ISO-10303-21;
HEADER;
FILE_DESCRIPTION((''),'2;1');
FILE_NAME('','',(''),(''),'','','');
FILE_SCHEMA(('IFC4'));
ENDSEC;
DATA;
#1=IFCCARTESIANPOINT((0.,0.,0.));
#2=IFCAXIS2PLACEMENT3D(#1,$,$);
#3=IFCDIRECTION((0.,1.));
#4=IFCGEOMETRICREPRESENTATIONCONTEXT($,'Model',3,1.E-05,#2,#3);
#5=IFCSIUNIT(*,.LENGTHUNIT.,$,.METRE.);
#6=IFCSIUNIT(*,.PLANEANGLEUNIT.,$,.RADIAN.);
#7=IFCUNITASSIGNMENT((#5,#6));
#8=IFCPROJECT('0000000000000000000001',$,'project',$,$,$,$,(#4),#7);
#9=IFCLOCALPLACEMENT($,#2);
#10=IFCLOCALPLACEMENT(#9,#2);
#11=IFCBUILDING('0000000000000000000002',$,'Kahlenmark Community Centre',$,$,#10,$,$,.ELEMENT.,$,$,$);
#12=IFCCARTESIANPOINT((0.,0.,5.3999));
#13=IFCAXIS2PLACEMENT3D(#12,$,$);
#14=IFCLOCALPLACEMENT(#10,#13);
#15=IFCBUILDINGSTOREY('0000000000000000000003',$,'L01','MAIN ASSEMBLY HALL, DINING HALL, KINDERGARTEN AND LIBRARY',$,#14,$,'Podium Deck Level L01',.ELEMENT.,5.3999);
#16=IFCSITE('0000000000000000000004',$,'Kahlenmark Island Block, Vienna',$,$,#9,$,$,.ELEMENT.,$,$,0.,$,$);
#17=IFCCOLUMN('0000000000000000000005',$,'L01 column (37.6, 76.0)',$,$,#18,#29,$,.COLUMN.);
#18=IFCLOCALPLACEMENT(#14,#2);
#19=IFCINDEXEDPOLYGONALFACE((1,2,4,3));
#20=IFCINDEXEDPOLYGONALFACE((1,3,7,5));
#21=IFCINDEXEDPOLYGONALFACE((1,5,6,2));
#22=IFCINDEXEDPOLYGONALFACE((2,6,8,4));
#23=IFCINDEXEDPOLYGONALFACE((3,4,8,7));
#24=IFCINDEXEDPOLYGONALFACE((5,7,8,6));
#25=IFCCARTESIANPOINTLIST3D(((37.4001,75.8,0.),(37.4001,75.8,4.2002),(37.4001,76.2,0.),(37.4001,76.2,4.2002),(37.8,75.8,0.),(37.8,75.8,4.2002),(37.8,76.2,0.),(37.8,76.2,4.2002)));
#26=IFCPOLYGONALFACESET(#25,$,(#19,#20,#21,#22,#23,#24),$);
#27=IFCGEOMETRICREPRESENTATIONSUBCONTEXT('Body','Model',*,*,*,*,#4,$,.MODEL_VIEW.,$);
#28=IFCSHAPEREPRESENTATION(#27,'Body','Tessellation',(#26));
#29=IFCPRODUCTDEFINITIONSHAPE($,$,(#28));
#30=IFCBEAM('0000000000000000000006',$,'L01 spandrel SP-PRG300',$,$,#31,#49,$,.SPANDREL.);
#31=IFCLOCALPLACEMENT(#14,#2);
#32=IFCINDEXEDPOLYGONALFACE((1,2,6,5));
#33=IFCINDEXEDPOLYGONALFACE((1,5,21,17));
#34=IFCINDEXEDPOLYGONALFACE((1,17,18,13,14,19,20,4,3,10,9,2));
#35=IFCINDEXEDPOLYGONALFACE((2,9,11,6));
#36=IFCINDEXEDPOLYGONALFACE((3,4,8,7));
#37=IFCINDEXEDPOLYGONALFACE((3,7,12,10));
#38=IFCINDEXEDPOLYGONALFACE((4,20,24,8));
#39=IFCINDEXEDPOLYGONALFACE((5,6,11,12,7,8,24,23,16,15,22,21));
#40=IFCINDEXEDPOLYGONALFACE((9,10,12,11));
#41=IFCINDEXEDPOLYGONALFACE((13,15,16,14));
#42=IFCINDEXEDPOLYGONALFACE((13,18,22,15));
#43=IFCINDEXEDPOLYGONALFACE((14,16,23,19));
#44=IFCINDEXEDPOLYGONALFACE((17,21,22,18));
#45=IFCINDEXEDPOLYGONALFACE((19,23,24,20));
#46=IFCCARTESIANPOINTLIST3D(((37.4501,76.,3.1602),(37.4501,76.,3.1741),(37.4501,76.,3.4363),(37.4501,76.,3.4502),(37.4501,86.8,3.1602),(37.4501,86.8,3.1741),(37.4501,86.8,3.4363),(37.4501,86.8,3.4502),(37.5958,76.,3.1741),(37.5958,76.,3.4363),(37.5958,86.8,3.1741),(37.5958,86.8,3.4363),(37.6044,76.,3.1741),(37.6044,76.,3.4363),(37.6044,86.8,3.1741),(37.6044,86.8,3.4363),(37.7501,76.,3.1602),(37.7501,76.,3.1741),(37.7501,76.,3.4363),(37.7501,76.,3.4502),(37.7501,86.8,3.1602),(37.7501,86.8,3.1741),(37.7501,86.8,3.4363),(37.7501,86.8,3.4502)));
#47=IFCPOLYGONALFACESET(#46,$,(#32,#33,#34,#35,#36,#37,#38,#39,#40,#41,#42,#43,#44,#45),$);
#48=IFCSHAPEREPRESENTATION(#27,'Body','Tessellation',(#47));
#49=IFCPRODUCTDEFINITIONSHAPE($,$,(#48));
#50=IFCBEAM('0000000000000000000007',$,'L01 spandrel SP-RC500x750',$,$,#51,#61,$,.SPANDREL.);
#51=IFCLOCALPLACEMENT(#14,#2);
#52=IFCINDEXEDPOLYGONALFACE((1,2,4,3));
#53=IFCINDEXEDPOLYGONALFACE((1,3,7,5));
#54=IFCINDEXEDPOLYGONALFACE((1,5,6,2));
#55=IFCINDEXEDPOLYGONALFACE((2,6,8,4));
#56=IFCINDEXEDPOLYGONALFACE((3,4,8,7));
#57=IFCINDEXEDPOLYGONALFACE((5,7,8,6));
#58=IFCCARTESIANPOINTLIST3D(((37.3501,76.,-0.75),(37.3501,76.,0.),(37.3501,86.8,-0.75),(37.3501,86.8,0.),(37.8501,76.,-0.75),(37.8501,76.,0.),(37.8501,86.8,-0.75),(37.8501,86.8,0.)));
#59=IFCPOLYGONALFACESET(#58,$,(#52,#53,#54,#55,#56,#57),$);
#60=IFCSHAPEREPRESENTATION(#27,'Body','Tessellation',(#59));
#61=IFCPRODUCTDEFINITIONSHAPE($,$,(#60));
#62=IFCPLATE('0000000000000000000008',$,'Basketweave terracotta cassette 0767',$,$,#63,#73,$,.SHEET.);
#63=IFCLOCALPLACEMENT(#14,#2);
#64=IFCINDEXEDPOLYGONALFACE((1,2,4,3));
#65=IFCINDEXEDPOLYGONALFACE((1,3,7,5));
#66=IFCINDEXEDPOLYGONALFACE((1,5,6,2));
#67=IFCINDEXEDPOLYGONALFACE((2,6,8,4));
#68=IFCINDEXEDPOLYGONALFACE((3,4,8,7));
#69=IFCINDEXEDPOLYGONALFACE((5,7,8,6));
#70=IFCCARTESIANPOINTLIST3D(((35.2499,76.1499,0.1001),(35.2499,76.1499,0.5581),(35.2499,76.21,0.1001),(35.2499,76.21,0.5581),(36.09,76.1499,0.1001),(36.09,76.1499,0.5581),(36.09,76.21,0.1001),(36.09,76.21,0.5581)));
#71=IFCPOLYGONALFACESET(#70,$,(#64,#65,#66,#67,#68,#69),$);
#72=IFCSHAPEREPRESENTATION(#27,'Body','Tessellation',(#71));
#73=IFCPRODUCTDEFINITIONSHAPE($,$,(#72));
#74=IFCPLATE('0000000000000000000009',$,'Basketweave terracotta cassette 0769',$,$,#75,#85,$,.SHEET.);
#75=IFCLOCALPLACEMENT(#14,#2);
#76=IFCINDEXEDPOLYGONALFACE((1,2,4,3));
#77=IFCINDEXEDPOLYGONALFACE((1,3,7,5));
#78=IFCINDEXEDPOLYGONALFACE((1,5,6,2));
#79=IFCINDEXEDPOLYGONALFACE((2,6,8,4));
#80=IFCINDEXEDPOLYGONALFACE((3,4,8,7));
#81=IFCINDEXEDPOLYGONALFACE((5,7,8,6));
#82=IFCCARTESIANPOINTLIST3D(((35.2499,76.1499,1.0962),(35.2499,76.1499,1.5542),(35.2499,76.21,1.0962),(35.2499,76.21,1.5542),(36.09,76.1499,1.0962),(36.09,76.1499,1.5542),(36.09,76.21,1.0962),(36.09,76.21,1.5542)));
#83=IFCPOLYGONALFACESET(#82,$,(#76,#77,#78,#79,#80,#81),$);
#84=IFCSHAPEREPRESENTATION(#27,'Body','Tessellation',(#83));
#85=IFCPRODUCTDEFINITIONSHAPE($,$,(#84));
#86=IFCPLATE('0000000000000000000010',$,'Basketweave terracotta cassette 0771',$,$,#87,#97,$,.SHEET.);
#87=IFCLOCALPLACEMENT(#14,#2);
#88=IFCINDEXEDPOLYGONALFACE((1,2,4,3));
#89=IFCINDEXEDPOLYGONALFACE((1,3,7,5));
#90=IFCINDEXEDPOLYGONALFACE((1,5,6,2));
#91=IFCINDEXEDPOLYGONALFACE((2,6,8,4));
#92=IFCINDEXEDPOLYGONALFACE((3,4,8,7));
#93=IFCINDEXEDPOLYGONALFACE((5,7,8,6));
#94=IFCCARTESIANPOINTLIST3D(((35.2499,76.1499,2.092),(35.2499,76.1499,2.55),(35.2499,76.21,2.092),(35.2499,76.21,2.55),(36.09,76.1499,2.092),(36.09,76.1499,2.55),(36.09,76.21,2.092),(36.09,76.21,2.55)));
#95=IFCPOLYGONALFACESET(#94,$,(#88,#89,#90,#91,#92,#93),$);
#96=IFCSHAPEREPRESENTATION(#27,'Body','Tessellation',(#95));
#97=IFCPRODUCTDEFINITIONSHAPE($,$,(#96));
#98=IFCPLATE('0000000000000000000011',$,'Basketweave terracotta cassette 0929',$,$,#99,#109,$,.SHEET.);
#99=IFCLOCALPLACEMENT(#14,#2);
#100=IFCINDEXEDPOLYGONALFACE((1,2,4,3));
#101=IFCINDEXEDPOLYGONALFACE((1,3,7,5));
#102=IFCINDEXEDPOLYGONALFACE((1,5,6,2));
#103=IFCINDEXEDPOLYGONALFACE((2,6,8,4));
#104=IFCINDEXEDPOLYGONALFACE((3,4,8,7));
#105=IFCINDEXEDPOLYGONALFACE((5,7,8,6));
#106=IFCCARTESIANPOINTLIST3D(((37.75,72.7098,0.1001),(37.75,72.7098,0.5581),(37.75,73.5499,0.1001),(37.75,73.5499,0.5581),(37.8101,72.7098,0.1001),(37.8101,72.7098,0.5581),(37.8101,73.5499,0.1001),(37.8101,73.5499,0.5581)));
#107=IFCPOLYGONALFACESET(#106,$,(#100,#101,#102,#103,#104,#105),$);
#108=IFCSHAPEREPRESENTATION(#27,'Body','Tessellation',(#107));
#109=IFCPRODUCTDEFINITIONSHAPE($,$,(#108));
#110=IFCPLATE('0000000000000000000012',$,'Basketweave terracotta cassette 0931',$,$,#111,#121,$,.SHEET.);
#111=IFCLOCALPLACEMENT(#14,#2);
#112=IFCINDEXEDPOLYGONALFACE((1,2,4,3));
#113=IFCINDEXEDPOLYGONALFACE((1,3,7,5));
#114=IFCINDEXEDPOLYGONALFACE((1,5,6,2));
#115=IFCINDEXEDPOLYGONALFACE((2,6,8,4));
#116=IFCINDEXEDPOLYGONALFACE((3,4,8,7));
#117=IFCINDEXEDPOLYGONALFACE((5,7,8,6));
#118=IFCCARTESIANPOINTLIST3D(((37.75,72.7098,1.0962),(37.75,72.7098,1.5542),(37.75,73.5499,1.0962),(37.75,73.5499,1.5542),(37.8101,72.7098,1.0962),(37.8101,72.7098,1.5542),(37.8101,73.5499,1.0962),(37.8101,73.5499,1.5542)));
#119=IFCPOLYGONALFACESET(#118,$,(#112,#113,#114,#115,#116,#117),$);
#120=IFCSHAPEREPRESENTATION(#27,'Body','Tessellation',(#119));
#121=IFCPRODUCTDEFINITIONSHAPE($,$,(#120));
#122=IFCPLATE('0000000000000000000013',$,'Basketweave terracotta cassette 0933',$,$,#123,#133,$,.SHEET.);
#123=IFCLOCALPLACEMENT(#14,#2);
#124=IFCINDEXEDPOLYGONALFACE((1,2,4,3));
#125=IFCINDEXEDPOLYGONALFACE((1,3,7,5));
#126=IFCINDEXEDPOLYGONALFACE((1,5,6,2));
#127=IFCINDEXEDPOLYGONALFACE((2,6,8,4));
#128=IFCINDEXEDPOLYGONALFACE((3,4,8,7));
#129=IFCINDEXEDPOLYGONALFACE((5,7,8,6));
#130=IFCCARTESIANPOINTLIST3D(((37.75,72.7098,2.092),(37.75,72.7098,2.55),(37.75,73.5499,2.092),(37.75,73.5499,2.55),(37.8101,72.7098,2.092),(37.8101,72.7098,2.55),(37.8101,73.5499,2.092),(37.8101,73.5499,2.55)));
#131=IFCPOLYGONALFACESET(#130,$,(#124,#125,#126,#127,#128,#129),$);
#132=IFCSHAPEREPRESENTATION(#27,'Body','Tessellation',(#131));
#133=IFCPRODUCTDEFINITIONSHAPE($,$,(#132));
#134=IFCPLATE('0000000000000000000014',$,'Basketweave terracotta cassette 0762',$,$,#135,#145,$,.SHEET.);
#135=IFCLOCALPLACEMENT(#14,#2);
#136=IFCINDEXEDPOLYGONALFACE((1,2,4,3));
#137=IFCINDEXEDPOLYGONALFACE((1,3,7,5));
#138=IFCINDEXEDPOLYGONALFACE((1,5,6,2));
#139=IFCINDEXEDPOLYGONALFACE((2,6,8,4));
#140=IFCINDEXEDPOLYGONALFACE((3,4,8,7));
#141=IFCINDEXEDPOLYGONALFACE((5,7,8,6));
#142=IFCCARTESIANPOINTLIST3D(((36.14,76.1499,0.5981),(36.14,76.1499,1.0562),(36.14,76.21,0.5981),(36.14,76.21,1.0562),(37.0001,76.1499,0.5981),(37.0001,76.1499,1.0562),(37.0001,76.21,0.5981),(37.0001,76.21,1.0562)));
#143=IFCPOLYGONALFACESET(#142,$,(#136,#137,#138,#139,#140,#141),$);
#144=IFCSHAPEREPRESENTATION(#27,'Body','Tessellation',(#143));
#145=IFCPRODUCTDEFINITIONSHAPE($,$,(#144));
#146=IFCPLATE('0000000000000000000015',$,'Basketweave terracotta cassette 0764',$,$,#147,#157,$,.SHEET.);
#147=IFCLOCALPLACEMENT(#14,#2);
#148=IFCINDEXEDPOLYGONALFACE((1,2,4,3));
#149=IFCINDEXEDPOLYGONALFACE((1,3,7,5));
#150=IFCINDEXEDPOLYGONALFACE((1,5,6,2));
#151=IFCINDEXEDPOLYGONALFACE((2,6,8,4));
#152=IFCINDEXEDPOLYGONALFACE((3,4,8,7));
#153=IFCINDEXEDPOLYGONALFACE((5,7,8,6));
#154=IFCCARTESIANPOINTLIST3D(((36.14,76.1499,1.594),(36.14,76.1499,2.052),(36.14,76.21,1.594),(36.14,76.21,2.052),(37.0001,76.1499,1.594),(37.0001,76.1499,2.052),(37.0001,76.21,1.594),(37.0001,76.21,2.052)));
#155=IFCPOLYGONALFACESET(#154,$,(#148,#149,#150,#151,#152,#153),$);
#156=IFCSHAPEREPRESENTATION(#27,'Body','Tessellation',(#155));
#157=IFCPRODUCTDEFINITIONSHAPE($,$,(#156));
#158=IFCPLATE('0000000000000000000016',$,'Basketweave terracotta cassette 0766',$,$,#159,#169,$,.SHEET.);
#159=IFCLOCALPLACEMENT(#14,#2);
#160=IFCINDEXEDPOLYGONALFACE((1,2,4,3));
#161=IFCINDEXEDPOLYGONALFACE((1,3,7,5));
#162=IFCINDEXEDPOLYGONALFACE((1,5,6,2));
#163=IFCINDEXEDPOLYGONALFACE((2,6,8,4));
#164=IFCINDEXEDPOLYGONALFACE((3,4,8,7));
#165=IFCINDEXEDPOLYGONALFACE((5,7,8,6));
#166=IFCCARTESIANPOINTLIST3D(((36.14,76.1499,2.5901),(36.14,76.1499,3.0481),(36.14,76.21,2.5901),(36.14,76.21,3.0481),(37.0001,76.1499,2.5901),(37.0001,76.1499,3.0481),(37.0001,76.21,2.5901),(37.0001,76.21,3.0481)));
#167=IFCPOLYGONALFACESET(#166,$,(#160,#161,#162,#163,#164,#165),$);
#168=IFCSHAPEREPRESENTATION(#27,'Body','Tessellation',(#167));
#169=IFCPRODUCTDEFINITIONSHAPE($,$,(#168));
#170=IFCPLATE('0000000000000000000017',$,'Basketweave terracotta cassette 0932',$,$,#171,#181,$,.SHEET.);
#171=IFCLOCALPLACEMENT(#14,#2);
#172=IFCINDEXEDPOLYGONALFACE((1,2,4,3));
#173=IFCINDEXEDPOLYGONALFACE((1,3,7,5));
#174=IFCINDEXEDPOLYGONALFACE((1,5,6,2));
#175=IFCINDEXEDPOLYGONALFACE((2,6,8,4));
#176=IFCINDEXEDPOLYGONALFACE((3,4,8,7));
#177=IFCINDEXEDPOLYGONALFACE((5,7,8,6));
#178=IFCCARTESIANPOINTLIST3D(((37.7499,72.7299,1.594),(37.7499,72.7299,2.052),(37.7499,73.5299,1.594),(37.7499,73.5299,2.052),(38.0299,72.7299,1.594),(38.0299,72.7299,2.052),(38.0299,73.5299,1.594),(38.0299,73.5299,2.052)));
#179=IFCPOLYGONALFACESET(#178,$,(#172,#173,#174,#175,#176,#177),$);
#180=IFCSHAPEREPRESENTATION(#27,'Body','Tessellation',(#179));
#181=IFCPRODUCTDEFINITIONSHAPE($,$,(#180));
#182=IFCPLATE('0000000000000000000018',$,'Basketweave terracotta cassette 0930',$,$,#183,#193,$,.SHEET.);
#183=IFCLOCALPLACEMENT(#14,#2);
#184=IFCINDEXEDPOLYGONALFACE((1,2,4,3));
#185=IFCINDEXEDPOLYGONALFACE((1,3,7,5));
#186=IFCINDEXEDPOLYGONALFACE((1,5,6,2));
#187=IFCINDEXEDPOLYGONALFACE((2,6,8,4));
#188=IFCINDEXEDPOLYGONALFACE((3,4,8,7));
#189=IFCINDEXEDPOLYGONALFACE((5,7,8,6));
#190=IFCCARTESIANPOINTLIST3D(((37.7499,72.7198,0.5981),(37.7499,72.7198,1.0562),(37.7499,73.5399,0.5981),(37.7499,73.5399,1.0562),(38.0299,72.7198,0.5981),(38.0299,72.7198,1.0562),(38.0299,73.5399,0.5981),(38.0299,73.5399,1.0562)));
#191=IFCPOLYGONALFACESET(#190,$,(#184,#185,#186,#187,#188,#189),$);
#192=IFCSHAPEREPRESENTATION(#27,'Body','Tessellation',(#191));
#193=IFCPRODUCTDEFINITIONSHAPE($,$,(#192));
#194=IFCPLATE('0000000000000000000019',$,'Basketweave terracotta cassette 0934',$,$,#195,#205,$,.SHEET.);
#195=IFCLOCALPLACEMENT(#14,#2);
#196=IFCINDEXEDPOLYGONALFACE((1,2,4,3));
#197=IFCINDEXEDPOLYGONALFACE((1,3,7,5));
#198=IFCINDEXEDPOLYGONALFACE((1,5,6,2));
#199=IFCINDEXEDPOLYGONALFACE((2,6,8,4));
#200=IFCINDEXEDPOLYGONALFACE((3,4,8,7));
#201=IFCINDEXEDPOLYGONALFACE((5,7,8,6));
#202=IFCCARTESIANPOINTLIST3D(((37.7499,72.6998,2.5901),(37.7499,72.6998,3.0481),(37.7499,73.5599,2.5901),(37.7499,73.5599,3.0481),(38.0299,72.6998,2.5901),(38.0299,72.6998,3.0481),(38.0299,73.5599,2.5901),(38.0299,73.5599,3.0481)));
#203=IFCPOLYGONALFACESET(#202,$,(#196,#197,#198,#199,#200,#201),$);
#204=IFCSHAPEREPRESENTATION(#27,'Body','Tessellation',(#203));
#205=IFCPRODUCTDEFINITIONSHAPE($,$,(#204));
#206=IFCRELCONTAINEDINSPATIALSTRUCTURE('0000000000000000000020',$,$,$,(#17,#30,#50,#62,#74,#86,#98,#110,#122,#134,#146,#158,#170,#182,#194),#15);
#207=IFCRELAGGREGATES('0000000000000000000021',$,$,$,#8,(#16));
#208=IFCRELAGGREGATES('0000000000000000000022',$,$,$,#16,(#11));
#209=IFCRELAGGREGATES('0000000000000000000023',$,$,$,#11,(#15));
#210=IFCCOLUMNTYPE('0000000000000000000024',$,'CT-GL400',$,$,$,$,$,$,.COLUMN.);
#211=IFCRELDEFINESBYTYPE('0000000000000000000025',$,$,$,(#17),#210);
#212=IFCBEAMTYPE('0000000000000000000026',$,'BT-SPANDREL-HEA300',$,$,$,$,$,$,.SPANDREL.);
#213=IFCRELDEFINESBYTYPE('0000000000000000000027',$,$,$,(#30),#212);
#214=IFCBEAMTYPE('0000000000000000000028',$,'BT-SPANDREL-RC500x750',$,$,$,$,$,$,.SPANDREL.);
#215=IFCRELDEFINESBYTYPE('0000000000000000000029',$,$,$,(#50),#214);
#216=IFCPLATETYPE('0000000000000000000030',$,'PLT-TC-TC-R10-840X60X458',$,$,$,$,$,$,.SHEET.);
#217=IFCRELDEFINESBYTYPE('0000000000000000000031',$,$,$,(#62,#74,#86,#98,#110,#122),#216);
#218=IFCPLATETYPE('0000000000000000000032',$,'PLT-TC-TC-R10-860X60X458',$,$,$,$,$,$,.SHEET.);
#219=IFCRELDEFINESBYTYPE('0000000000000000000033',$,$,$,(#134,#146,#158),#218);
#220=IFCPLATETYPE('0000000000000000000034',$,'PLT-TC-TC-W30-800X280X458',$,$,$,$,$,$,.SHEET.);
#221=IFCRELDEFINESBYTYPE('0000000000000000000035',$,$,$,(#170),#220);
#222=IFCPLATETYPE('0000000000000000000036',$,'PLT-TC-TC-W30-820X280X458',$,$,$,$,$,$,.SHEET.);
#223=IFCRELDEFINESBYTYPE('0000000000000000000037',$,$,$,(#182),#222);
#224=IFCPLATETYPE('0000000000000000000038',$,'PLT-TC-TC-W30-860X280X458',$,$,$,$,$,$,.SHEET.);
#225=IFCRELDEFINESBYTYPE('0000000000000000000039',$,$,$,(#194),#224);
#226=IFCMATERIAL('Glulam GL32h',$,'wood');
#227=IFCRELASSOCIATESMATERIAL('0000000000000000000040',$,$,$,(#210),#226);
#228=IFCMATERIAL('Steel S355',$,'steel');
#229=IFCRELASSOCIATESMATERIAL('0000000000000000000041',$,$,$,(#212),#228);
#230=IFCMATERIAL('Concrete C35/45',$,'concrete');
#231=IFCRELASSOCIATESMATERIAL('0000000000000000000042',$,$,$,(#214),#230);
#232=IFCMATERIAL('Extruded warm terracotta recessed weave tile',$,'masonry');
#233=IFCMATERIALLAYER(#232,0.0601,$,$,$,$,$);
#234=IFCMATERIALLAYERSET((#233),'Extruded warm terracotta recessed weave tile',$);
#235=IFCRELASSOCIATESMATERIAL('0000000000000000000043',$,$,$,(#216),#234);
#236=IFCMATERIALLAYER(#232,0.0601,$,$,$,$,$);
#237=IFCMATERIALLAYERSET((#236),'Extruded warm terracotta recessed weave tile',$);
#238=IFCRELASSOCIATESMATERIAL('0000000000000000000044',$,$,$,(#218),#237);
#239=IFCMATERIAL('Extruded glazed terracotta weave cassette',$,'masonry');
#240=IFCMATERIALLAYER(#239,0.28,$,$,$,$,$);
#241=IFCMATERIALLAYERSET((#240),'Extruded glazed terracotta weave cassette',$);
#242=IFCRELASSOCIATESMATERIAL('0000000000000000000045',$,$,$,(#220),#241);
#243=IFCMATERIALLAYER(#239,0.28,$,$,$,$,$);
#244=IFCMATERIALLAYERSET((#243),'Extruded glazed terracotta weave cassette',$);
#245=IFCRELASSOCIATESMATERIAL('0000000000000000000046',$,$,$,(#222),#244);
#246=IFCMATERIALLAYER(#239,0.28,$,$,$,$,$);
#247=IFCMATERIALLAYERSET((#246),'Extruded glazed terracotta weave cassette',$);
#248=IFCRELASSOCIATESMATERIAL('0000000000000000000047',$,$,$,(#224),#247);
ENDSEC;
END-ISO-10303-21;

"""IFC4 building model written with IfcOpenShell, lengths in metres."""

from ifc_helpers import new_model, si_unit, direction, frame, origin, origin_2d, place, context, subcontext, project, spatial, rectangle, i_section, extrude, material, layer, layer_set, material_profile, profile_set, type_object, element, save


model = new_model("IFC4")

# Units and contexts
model_context = context("Model", 3, precision=1e-05, world=origin(), true_north=direction((0.0, 1.0)))
body_context = subcontext(model_context, "Body", "Model", "MODEL_VIEW")
ifc_project = project(units=[si_unit("LENGTHUNIT", "METRE"), si_unit("PLANEANGLEUNIT", "RADIAN")], contexts=[model_context])

# Site, building, storey
site_placement = place(None, origin())
site = spatial("IfcSite", under=ifc_project, at=site_placement, Name="Kahlenmark Island Block, Vienna", CompositionType="ELEMENT", RefElevation=0.0)
building_placement = place(site_placement, origin())
building = spatial("IfcBuilding", under=site, at=building_placement, Name="Kahlenmark Community Centre", CompositionType="ELEMENT")
storey_placement = place(building_placement, frame((0.0, 0.0, 5.3999)))
storey = spatial("IfcBuildingStorey", under=building, at=storey_placement, Name="L01", Description="MAIN ASSEMBLY HALL, DINING HALL, KINDERGARTEN AND LIBRARY", LongName="Podium Deck Level L01", CompositionType="ELEMENT", Elevation=5.3999)

# Column
ifc_material_1 = material(Name="Glulam GL32h", Category="wood")
ifc_material_profile_1 = material_profile(ifc_material_1, rectangle(XDim=0.3999, YDim=0.3999, at=origin_2d()), Name="GL32h 400x400")
ifc_profile_set_1 = profile_set([ifc_material_profile_1], Name="Glulam GL32h")
column_type = type_object("IfcColumnType", Name="CT-GL400", PredefinedType="COLUMN", material=ifc_profile_set_1)
column_placement = place(storey_placement, frame((37.6001, 76.0, 0.0), z_axis=(0.0, 0.0, 1.0), x_axis=(1.0, 0.0, 0.0)))
element("IfcColumn", 1, at=column_placement, inside=storey, type_object=column_type, Name="L01 column (37.6, 76.0)", PredefinedType="COLUMN", context=body_context, shape_type="SweptSolid", body=[
    extrude(rectangle(XDim=0.3999, YDim=0.3999, at=origin_2d()), origin(), (0.0, 0.0, 1.0), 4.2002),
])

# Beams
ifc_material_2 = material(Name="Steel S355", Category="steel")
ifc_material_profile_2 = material_profile(ifc_material_2, i_section(OverallWidth=0.3, OverallDepth=0.29, WebThickness=0.0085, FlangeThickness=0.0139, at=origin_2d()), Name="HEA 300")
ifc_profile_set_2 = profile_set([ifc_material_profile_2], Name="Steel S355")
beam_type_1 = type_object("IfcBeamType", Name="BT-SPANDREL-HEA300", PredefinedType="SPANDREL", material=ifc_profile_set_2)
beam_1_placement = place(storey_placement, frame((37.6001, 76.0, 3.3052), z_axis=(0.0, 1.0, 0.0), x_axis=(-1.0, 0.0, 0.0)))
element("IfcBeam", 2, at=beam_1_placement, inside=storey, type_object=beam_type_1, Name="L01 spandrel SP-PRG300", PredefinedType="SPANDREL", context=body_context, shape_type="SweptSolid", body=[
    extrude(i_section(OverallWidth=0.3, OverallDepth=0.29, WebThickness=0.0085, FlangeThickness=0.0139, at=origin_2d()), origin(), (0.0, 0.0, 1.0), 10.8),
])
ifc_material_3 = material(Name="Concrete C35/45", Category="concrete")
ifc_material_profile_3 = material_profile(ifc_material_3, rectangle(XDim=0.5, YDim=0.75, at=origin_2d()), Name="RC 500x750")
ifc_profile_set_3 = profile_set([ifc_material_profile_3], Name="Concrete C35/45")
beam_type_2 = type_object("IfcBeamType", Name="BT-SPANDREL-RC500x750", PredefinedType="SPANDREL", material=ifc_profile_set_3)
beam_2_placement = place(storey_placement, frame((37.6001, 76.0, -0.375), z_axis=(0.0, 1.0, 0.0), x_axis=(-1.0, 0.0, 0.0)))
element("IfcBeam", 3, at=beam_2_placement, inside=storey, type_object=beam_type_2, Name="L01 spandrel SP-RC500x750", PredefinedType="SPANDREL", context=body_context, shape_type="SweptSolid", body=[
    extrude(rectangle(XDim=0.5, YDim=0.75, at=origin_2d()), origin(), (0.0, 0.0, 1.0), 10.8),
])

# Plates
ifc_material_4 = material(Name="Extruded warm terracotta recessed weave tile", Category="masonry")
ifc_layer_1 = layer(ifc_material_4, 0.0601)
ifc_layer_set_1 = layer_set([ifc_layer_1], Name="Extruded warm terracotta recessed weave tile")
plate_type_1 = type_object("IfcPlateType", Name="PLT-TC-TC-R10-840X60X458", PredefinedType="SHEET", material=ifc_layer_set_1)
for number, where, z_axis, x_axis, name in (
    (4, (35.6699, 76.1799, 0.1001), (0.0, 0.0, 1.0), (-1.0, 0.0, 0.0), "Basketweave terracotta cassette 0767"),
    (5, (35.6699, 76.1799, 1.0962), (0.0, 0.0, 1.0), (-1.0, 0.0, 0.0), "Basketweave terracotta cassette 0769"),
    (6, (35.6699, 76.1799, 2.092), (0.0, 0.0, 1.0), (-1.0, 0.0, 0.0), "Basketweave terracotta cassette 0771"),
    (7, (37.78, 73.1299, 0.1001), (0.0, 0.0, 1.0), (0.0, 1.0, 0.0), "Basketweave terracotta cassette 0929"),
    (8, (37.78, 73.1299, 1.0962), (0.0, 0.0, 1.0), (0.0, 1.0, 0.0), "Basketweave terracotta cassette 0931"),
    (9, (37.78, 73.1299, 2.092), (0.0, 0.0, 1.0), (0.0, 1.0, 0.0), "Basketweave terracotta cassette 0933"),
):
    element("IfcPlate", number, at=place(storey_placement, frame(where, z_axis=z_axis, x_axis=x_axis)), inside=storey, type_object=plate_type_1, Name=name, PredefinedType="SHEET", context=body_context, shape_type="SweptSolid", body=[
        extrude(rectangle(XDim=0.8401, YDim=0.0601, at=origin_2d()), origin(), (0.0, 0.0, 1.0), 0.458),
    ])
ifc_layer_2 = layer(ifc_material_4, 0.0601)
ifc_layer_set_2 = layer_set([ifc_layer_2], Name="Extruded warm terracotta recessed weave tile")
plate_type_2 = type_object("IfcPlateType", Name="PLT-TC-TC-R10-860X60X458", PredefinedType="SHEET", material=ifc_layer_set_2)
for number, where, z_axis, x_axis, name in (
    (10, (36.5701, 76.1799, 0.5981), (0.0, 0.0, 1.0), (-1.0, 0.0, 0.0), "Basketweave terracotta cassette 0762"),
    (11, (36.5701, 76.1799, 1.594), (0.0, 0.0, 1.0), (-1.0, 0.0, 0.0), "Basketweave terracotta cassette 0764"),
    (12, (36.5701, 76.1799, 2.5901), (0.0, 0.0, 1.0), (-1.0, 0.0, 0.0), "Basketweave terracotta cassette 0766"),
):
    element("IfcPlate", number, at=place(storey_placement, frame(where, z_axis=z_axis, x_axis=x_axis)), inside=storey, type_object=plate_type_2, Name=name, PredefinedType="SHEET", context=body_context, shape_type="SweptSolid", body=[
        extrude(rectangle(XDim=0.8601, YDim=0.0601, at=origin_2d()), origin(), (0.0, 0.0, 1.0), 0.458),
    ])
ifc_material_5 = material(Name="Extruded glazed terracotta weave cassette", Category="masonry")
ifc_layer_3 = layer(ifc_material_5, 0.28)
ifc_layer_set_3 = layer_set([ifc_layer_3], Name="Extruded glazed terracotta weave cassette")
plate_type_3 = type_object("IfcPlateType", Name="PLT-TC-TC-W30-800X280X458", PredefinedType="SHEET", material=ifc_layer_set_3)
plate_1_placement = place(storey_placement, frame((37.8899, 73.1299, 1.594), z_axis=(0.0, 0.0, 1.0), x_axis=(0.0, 1.0, 0.0)))
element("IfcPlate", 13, at=plate_1_placement, inside=storey, type_object=plate_type_3, Name="Basketweave terracotta cassette 0932", PredefinedType="SHEET", context=body_context, shape_type="SweptSolid", body=[
    extrude(rectangle(XDim=0.8, YDim=0.28, at=origin_2d()), origin(), (0.0, 0.0, 1.0), 0.458),
])
ifc_layer_4 = layer(ifc_material_5, 0.28)
ifc_layer_set_4 = layer_set([ifc_layer_4], Name="Extruded glazed terracotta weave cassette")
plate_type_4 = type_object("IfcPlateType", Name="PLT-TC-TC-W30-820X280X458", PredefinedType="SHEET", material=ifc_layer_set_4)
plate_2_placement = place(storey_placement, frame((37.8899, 73.1299, 0.5981), z_axis=(0.0, 0.0, 1.0), x_axis=(0.0, 1.0, 0.0)))
element("IfcPlate", 14, at=plate_2_placement, inside=storey, type_object=plate_type_4, Name="Basketweave terracotta cassette 0930", PredefinedType="SHEET", context=body_context, shape_type="SweptSolid", body=[
    extrude(rectangle(XDim=0.8201, YDim=0.28, at=origin_2d()), origin(), (0.0, 0.0, 1.0), 0.458),
])
ifc_layer_5 = layer(ifc_material_5, 0.28)
ifc_layer_set_5 = layer_set([ifc_layer_5], Name="Extruded glazed terracotta weave cassette")
plate_type_5 = type_object("IfcPlateType", Name="PLT-TC-TC-W30-860X280X458", PredefinedType="SHEET", material=ifc_layer_set_5)
plate_3_placement = place(storey_placement, frame((37.8899, 73.1299, 2.5901), z_axis=(0.0, 0.0, 1.0), x_axis=(0.0, 1.0, 0.0)))
element("IfcPlate", 15, at=plate_3_placement, inside=storey, type_object=plate_type_5, Name="Basketweave terracotta cassette 0934", PredefinedType="SHEET", context=body_context, shape_type="SweptSolid", body=[
    extrude(rectangle(XDim=0.8601, YDim=0.28, at=origin_2d()), origin(), (0.0, 0.0, 1.0), 0.458),
])

save(model, "model.ifc")
